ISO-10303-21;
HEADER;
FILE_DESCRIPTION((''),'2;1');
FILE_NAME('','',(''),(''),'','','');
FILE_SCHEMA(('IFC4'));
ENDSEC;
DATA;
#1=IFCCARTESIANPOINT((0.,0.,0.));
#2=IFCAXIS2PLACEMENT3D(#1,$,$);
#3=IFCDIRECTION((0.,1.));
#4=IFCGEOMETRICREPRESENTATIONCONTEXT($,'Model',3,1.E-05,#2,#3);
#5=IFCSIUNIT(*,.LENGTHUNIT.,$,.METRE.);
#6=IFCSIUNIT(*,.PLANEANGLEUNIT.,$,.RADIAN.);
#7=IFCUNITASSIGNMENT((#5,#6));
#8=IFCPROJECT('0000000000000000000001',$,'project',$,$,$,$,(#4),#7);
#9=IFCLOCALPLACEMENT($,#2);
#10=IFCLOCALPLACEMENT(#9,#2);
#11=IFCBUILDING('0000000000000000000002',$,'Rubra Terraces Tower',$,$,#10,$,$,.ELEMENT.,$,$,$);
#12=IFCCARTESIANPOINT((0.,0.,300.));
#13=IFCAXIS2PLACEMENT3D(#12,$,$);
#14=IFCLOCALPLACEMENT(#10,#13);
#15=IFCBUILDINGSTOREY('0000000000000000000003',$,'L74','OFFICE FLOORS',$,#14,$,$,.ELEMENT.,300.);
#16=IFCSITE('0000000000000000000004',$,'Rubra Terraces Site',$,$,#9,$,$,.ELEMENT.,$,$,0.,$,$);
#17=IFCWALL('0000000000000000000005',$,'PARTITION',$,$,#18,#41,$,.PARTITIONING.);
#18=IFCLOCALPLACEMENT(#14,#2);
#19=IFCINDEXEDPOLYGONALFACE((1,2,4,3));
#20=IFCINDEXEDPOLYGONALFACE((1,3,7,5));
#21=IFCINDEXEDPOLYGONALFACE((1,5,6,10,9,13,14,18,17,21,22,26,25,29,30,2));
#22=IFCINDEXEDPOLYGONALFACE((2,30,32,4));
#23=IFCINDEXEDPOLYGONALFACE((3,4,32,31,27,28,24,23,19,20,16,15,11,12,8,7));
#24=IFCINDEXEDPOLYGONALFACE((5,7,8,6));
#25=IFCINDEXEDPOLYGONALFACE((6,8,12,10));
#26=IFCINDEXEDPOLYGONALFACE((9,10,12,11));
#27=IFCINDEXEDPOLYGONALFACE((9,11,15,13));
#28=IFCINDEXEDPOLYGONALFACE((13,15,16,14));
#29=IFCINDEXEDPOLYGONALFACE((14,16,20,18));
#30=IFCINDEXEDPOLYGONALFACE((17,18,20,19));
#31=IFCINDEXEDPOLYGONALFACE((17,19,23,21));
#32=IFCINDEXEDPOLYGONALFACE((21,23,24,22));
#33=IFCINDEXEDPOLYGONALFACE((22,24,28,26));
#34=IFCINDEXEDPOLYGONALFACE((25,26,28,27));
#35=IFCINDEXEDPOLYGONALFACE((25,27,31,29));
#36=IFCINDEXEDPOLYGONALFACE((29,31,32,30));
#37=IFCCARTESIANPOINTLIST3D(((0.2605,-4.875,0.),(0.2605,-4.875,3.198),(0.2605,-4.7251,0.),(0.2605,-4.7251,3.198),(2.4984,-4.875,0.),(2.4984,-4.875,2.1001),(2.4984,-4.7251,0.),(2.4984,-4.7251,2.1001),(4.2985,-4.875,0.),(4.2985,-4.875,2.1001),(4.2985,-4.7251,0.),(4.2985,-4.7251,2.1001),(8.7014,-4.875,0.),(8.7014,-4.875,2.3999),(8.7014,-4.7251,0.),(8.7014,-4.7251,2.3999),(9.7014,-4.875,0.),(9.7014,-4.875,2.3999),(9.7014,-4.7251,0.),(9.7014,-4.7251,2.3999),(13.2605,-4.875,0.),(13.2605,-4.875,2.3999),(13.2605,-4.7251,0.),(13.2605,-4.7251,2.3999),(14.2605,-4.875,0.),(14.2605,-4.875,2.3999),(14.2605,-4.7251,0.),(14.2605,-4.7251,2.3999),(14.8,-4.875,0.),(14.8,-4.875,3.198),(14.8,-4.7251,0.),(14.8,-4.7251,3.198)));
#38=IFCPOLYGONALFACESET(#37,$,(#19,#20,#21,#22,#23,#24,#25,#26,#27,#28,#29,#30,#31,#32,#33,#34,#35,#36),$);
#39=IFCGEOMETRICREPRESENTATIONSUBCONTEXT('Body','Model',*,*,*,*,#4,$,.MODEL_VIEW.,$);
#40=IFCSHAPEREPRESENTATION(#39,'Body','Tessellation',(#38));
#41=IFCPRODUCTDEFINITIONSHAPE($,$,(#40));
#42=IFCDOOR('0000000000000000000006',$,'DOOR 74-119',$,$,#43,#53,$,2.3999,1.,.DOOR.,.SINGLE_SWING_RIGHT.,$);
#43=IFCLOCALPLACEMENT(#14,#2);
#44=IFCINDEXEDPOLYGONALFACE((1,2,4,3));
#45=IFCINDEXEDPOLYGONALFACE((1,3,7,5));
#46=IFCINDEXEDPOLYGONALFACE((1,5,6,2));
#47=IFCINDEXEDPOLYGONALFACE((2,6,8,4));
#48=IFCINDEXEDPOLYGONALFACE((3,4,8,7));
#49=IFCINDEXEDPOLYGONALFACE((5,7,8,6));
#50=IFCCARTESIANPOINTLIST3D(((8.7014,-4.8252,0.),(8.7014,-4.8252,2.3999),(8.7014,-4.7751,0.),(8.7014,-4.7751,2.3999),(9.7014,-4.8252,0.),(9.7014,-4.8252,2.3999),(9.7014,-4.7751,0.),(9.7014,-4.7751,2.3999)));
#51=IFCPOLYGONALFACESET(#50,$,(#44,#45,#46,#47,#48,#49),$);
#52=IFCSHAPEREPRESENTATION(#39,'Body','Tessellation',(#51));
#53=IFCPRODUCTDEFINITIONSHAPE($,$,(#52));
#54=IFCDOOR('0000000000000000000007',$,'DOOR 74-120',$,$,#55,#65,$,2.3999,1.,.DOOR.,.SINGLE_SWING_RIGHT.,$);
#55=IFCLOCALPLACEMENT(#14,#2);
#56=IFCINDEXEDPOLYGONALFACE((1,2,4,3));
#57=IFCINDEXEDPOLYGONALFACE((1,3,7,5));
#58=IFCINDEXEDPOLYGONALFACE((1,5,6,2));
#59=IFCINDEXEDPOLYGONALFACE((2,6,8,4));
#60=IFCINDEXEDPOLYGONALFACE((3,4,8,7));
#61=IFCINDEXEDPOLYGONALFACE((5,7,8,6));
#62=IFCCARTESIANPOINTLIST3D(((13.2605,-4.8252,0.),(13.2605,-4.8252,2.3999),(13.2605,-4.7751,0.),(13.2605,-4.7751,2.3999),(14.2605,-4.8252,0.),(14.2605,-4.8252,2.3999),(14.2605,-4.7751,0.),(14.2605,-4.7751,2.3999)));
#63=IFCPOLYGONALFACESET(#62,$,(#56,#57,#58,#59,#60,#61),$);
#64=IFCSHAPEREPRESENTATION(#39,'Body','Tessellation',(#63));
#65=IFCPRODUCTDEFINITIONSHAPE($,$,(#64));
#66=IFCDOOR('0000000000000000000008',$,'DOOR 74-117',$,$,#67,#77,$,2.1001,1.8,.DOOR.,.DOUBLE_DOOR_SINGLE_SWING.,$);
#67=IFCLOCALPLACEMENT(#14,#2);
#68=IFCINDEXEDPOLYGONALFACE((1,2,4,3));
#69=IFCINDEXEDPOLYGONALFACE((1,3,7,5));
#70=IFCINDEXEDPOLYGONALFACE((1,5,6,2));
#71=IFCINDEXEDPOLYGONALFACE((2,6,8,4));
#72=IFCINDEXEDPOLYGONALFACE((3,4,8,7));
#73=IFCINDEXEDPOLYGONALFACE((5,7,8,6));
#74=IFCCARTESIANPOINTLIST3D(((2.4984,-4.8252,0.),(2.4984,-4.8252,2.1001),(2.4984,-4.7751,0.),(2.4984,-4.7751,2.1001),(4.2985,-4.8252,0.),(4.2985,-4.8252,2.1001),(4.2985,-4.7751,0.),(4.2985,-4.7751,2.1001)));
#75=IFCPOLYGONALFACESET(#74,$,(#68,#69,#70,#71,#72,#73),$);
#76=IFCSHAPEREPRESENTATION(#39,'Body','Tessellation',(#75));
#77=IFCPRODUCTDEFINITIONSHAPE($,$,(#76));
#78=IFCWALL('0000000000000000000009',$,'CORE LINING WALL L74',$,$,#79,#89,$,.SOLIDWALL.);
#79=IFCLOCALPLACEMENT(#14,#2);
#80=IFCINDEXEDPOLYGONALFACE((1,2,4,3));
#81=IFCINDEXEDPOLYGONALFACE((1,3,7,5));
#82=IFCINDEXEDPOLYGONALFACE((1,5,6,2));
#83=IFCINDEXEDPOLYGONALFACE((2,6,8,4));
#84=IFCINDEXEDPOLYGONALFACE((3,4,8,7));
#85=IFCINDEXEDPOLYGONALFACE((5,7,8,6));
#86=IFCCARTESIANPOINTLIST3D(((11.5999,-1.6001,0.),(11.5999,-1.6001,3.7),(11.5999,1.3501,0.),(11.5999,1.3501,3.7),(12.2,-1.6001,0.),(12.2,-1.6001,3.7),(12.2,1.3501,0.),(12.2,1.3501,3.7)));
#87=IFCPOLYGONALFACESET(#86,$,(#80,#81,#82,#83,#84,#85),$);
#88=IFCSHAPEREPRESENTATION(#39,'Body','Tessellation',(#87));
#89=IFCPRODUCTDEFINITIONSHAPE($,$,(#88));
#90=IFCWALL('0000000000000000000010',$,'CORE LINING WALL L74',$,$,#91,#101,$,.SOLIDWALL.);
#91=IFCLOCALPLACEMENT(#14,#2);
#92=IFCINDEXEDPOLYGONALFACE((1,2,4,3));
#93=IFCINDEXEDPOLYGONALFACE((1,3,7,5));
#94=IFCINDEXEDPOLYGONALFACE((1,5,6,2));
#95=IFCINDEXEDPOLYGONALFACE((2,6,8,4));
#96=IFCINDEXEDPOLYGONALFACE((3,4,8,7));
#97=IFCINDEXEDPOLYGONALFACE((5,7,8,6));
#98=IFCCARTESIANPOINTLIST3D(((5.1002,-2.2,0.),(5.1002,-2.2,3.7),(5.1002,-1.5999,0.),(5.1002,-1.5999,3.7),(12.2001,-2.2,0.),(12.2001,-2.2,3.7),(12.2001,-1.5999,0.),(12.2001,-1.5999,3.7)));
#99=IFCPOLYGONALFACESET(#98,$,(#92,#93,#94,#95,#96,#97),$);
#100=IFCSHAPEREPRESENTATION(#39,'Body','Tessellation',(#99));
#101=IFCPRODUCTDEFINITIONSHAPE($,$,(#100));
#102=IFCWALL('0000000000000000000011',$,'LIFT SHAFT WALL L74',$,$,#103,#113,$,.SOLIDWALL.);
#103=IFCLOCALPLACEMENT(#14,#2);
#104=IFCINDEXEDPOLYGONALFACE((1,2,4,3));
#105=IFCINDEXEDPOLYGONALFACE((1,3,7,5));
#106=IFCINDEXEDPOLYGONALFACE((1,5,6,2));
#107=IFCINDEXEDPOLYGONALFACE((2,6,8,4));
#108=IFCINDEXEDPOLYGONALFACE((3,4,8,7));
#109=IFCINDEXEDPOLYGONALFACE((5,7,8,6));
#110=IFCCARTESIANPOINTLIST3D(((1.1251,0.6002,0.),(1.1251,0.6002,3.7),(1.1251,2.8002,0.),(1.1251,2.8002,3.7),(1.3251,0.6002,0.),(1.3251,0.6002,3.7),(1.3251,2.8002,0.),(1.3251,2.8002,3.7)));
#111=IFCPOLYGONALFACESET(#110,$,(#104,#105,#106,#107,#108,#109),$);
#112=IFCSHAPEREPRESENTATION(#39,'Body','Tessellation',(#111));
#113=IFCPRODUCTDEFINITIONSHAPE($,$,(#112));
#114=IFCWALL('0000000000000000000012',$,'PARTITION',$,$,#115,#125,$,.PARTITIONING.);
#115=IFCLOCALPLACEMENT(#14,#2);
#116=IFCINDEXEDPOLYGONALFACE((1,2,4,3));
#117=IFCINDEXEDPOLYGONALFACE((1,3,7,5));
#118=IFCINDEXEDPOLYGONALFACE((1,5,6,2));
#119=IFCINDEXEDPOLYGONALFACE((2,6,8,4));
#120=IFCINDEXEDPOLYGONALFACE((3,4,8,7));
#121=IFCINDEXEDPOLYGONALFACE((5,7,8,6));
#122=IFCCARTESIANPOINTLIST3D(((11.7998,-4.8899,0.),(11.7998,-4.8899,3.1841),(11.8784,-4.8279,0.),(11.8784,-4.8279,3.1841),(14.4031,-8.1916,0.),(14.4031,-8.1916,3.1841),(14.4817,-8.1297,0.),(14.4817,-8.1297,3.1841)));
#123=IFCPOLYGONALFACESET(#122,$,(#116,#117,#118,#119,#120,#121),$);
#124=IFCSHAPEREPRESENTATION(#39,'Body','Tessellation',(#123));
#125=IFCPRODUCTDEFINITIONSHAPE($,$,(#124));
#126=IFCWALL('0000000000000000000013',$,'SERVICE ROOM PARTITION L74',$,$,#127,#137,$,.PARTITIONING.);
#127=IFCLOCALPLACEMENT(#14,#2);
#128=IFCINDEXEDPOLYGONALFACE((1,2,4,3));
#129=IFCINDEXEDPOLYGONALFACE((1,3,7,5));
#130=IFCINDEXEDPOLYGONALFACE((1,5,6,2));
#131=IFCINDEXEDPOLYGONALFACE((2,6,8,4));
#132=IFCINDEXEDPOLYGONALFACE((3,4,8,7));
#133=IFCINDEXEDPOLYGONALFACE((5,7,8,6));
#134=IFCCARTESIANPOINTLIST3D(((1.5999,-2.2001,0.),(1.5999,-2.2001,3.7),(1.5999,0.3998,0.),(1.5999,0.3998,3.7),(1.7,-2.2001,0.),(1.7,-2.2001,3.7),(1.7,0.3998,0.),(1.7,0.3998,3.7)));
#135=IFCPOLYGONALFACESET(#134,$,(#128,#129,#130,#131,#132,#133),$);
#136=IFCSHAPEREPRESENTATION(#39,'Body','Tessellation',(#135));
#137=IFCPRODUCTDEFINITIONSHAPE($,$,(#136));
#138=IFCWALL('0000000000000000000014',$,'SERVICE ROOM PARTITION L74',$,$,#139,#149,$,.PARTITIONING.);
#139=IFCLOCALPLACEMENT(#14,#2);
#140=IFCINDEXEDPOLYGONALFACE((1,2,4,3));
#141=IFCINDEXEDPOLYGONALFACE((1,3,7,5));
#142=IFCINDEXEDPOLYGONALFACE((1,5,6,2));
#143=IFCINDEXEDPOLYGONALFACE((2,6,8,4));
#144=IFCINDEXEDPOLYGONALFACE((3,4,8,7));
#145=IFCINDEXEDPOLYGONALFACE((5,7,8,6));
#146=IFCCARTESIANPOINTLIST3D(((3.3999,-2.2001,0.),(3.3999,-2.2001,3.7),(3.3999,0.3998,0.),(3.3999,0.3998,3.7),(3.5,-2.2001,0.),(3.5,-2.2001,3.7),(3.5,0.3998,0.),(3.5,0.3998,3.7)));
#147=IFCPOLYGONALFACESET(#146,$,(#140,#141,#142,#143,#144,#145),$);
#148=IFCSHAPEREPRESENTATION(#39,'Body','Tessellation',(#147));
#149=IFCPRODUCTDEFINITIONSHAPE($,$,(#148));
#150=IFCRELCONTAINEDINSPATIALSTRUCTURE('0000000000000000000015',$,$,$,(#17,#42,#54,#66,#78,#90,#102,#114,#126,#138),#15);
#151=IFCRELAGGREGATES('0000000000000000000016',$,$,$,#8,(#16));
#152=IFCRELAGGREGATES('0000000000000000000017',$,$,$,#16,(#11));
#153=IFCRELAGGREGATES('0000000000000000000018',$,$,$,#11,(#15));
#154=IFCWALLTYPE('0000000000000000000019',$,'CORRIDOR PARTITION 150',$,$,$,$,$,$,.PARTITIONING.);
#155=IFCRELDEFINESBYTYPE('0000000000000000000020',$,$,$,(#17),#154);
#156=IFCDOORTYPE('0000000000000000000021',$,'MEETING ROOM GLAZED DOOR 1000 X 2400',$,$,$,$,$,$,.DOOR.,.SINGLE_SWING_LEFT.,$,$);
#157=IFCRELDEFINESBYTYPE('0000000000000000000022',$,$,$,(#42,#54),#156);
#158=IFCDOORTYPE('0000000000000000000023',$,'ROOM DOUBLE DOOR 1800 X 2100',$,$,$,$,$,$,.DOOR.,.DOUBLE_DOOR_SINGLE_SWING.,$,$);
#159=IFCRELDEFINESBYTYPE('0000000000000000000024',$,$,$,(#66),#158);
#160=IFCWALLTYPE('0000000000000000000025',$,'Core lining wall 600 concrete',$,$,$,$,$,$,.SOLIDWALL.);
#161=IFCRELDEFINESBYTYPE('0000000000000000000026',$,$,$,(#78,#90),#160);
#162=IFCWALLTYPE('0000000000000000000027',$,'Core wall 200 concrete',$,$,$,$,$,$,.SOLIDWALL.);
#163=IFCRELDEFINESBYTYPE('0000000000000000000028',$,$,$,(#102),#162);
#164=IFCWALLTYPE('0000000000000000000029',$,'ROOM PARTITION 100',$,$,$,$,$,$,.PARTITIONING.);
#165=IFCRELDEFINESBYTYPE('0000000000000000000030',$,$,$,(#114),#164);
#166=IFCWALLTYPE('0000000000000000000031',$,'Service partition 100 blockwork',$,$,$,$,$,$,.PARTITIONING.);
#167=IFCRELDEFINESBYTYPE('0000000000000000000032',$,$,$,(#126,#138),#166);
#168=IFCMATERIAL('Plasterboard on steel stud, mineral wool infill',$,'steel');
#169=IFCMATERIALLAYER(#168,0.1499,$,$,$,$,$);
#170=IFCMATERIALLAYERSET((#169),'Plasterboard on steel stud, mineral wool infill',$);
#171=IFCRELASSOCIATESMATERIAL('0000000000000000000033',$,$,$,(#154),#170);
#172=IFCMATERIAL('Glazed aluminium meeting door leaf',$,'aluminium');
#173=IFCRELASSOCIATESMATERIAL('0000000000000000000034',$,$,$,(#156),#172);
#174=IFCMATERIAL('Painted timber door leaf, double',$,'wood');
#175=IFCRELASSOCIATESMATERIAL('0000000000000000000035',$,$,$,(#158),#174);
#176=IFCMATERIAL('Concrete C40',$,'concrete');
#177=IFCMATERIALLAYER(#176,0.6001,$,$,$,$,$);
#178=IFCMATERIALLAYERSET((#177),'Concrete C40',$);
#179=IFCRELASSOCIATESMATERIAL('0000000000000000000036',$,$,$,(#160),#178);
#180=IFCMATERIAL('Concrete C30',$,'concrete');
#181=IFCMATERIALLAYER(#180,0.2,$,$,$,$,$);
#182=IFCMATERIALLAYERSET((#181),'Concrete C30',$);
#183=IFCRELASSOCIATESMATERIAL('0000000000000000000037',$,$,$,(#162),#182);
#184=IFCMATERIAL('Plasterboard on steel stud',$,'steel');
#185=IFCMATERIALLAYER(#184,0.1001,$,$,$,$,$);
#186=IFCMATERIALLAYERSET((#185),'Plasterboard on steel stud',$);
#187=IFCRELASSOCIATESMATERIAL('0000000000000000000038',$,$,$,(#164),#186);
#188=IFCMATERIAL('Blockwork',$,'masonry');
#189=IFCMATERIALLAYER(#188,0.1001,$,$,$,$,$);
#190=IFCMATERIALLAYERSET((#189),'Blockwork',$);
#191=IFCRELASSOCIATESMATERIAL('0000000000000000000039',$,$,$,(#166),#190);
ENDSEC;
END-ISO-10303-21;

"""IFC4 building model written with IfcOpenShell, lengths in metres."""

from ifc_helpers import new_model, si_unit, direction, frame, frame_2d, origin, place, context, subcontext, project, spatial, rectangle, extrude, material, layer, layer_set, type_object, element, fill, save


model = new_model("IFC4")

# Units and contexts
model_context = context("Model", 3, precision=1e-05, world=origin(), true_north=direction((0.0, 1.0)))
body_context = subcontext(model_context, "Body", "Model", "MODEL_VIEW")
ifc_project = project(units=[si_unit("LENGTHUNIT", "METRE"), si_unit("PLANEANGLEUNIT", "RADIAN")], contexts=[model_context])

# Site, building, storey
site_placement = place(None, origin())
site = spatial("IfcSite", under=ifc_project, at=site_placement, Name="Rubra Terraces Site", CompositionType="ELEMENT", RefElevation=0.0)
building_placement = place(site_placement, origin())
building = spatial("IfcBuilding", under=site, at=building_placement, Name="Rubra Terraces Tower", CompositionType="ELEMENT")
storey_placement = place(building_placement, frame((0.0, 0.0, 300.0)))
storey = spatial("IfcBuildingStorey", under=building, at=storey_placement, Name="L74", Description="OFFICE FLOORS", CompositionType="ELEMENT", Elevation=300.0)

# Shared definitions
ifc_material_1 = material(Name="Concrete C40", Category="concrete")

# Wall, openings, doors
ifc_material_2 = material(Name="Plasterboard on steel stud, mineral wool infill", Category="steel")
ifc_layer_1 = layer(ifc_material_2, 0.1499)
ifc_layer_set_1 = layer_set([ifc_layer_1], Name="Plasterboard on steel stud, mineral wool infill")
wall_type_1 = type_object("IfcWallType", Name="CORRIDOR PARTITION 150", PredefinedType="PARTITIONING", material=ifc_layer_set_1)
wall_1_placement = place(storey_placement, frame((0.2605, -4.8, 0.0), z_axis=(0.0, 0.0, 1.0), x_axis=(1.0, 0.0, 0.0)))
wall_1 = element("IfcWall", 1, at=wall_1_placement, inside=storey, type_object=wall_type_1, Name="PARTITION", PredefinedType="PARTITIONING", context=body_context, shape_type="SweptSolid", body=[
    extrude(rectangle(XDim=14.5396, YDim=0.1499, at=frame_2d((7.2698, 0.0))), origin(), (0.0, 0.0, 1.0), 3.198),
])
opening_1_placement = place(wall_1_placement, frame((2.238, 0.0, 0.0)))
opening_1 = element("IfcOpeningElement", 2, at=opening_1_placement, cuts=wall_1, PredefinedType="OPENING", context=body_context, shape_type="SweptSolid", body=[
    extrude(rectangle(XDim=1.8, YDim=2.1001, at=frame_2d((0.8999, 1.05))), frame((0.0, 0.085, 0.0), z_axis=(0.0, -1.0, 0.0), x_axis=(1.0, 0.0, 0.0)), (0.0, 0.0, 1.0), 0.1699),
])
opening_2_placement = place(wall_1_placement, frame((8.4409, 0.0, 0.0)))
opening_2 = element("IfcOpeningElement", 3, at=opening_2_placement, cuts=wall_1, PredefinedType="OPENING", context=body_context, shape_type="SweptSolid", body=[
    extrude(rectangle(XDim=1.0, YDim=2.3999, at=frame_2d((0.5, 1.2))), frame((0.0, 0.085, 0.0), z_axis=(0.0, -1.0, 0.0), x_axis=(1.0, 0.0, 0.0)), (0.0, 0.0, 1.0), 0.1699),
])
opening_3_placement = place(wall_1_placement, frame((13.0, 0.0, 0.0)))
opening_3 = element("IfcOpeningElement", 4, at=opening_3_placement, cuts=wall_1, PredefinedType="OPENING", context=body_context, shape_type="SweptSolid", body=[
    extrude(rectangle(XDim=1.0, YDim=2.3999, at=frame_2d((0.5, 1.2))), frame((0.0, 0.085, 0.0), z_axis=(0.0, -1.0, 0.0), x_axis=(1.0, 0.0, 0.0)), (0.0, 0.0, 1.0), 0.1699),
])
ifc_material_3 = material(Name="Glazed aluminium meeting door leaf", Category="aluminium")
door_type_1 = type_object("IfcDoorType", Name="MEETING ROOM GLAZED DOOR 1000 X 2400", OperationType="SINGLE_SWING_LEFT", PredefinedType="DOOR", material=ifc_material_3)
door_1_placement = place(opening_2_placement, origin())
door_1 = element("IfcDoor", 5, at=door_1_placement, inside=storey, type_object=door_type_1, Name="DOOR 74-119", OperationType="SINGLE_SWING_RIGHT", OverallHeight=2.3999, OverallWidth=1.0, PredefinedType="DOOR", context=body_context, shape_type="SweptSolid", body=[
    extrude(rectangle(XDim=1.0, YDim=2.3999, at=frame_2d((0.5, 1.2))), frame((0.0, 0.0249, 0.0), z_axis=(0.0, -1.0, 0.0), x_axis=(1.0, 0.0, 0.0)), (0.0, 0.0, 1.0), 0.05),
])
fill(opening_2, door_1)
door_2_placement = place(opening_3_placement, origin())
door_2 = element("IfcDoor", 6, at=door_2_placement, inside=storey, type_object=door_type_1, Name="DOOR 74-120", OperationType="SINGLE_SWING_RIGHT", OverallHeight=2.3999, OverallWidth=1.0, PredefinedType="DOOR", context=body_context, shape_type="SweptSolid", body=[
    extrude(rectangle(XDim=1.0, YDim=2.3999, at=frame_2d((0.5, 1.2))), frame((0.0, 0.0249, 0.0), z_axis=(0.0, -1.0, 0.0), x_axis=(1.0, 0.0, 0.0)), (0.0, 0.0, 1.0), 0.05),
])
fill(opening_3, door_2)
ifc_material_4 = material(Name="Painted timber door leaf, double", Category="wood")
door_type_2 = type_object("IfcDoorType", Name="ROOM DOUBLE DOOR 1800 X 2100", OperationType="DOUBLE_DOOR_SINGLE_SWING", PredefinedType="DOOR", material=ifc_material_4)
door_3_placement = place(opening_1_placement, origin())
door_3 = element("IfcDoor", 7, at=door_3_placement, inside=storey, type_object=door_type_2, Name="DOOR 74-117", OperationType="DOUBLE_DOOR_SINGLE_SWING", OverallHeight=2.1001, OverallWidth=1.8, PredefinedType="DOOR", context=body_context, shape_type="SweptSolid", body=[
    extrude(rectangle(XDim=1.8, YDim=2.1001, at=frame_2d((0.8999, 1.05))), frame((0.0, 0.0249, 0.0), z_axis=(0.0, -1.0, 0.0), x_axis=(1.0, 0.0, 0.0)), (0.0, 0.0, 1.0), 0.05),
])
fill(opening_1, door_3)

# Walls
ifc_layer_2 = layer(ifc_material_1, 0.6001)
ifc_layer_set_2 = layer_set([ifc_layer_2], Name="Concrete C40")
wall_type_2 = type_object("IfcWallType", Name="Core lining wall 600 concrete", PredefinedType="SOLIDWALL", material=ifc_layer_set_2)
wall_2_placement = place(storey_placement, frame((11.8999, 1.3501, 0.0), z_axis=(0.0, 0.0, 1.0), x_axis=(0.0, -1.0, 0.0)))
element("IfcWall", 8, at=wall_2_placement, inside=storey, type_object=wall_type_2, Name="CORE LINING WALL L74", PredefinedType="SOLIDWALL", context=body_context, shape_type="SweptSolid", body=[
    extrude(rectangle(XDim=2.9502, YDim=0.6001, at=frame_2d((1.4751, 0.0))), origin(), (0.0, 0.0, 1.0), 3.7),
])
wall_3_placement = place(storey_placement, frame((12.2, -1.8999, 0.0), z_axis=(0.0, 0.0, 1.0), x_axis=(-1.0, 0.0, 0.0)))
element("IfcWall", 9, at=wall_3_placement, inside=storey, type_object=wall_type_2, Name="CORE LINING WALL L74", PredefinedType="SOLIDWALL", context=body_context, shape_type="SweptSolid", body=[
    extrude(rectangle(XDim=7.0999, YDim=0.6001, at=frame_2d((3.5498, 0.0))), origin(), (0.0, 0.0, 1.0), 3.7),
])
ifc_material_5 = material(Name="Concrete C30", Category="concrete")
ifc_layer_3 = layer(ifc_material_5, 0.2)
ifc_layer_set_3 = layer_set([ifc_layer_3], Name="Concrete C30")
wall_type_3 = type_object("IfcWallType", Name="Core wall 200 concrete", PredefinedType="SOLIDWALL", material=ifc_layer_set_3)
wall_4_placement = place(storey_placement, frame((1.2251, 0.6001, 0.0), z_axis=(0.0, 0.0, 1.0), x_axis=(0.0, 1.0, 0.0)))
element("IfcWall", 10, at=wall_4_placement, inside=storey, type_object=wall_type_3, Name="LIFT SHAFT WALL L74", PredefinedType="SOLIDWALL", context=body_context, shape_type="SweptSolid", body=[
    extrude(rectangle(XDim=2.2, YDim=0.2, at=frame_2d((1.1001, 0.0))), origin(), (0.0, 0.0, 1.0), 3.7),
])
ifc_material_6 = material(Name="Plasterboard on steel stud", Category="steel")
ifc_layer_4 = layer(ifc_material_6, 0.1001)
ifc_layer_set_4 = layer_set([ifc_layer_4], Name="Plasterboard on steel stud")
wall_type_4 = type_object("IfcWallType", Name="ROOM PARTITION 100", PredefinedType="PARTITIONING", material=ifc_layer_set_4)
wall_5_placement = place(storey_placement, frame((11.8391, -4.8589, 0.0), z_axis=(0.0, 0.0, 1.0), x_axis=(0.619149, -0.785274, 0.0)))
element("IfcWall", 11, at=wall_5_placement, inside=storey, type_object=wall_type_4, Name="PARTITION", PredefinedType="PARTITIONING", context=body_context, shape_type="SweptSolid", body=[
    extrude(rectangle(XDim=4.2046, YDim=0.1001, at=frame_2d((2.1023, 0.0))), origin(), (0.0, 0.0, 1.0), 3.1841),
])
ifc_material_7 = material(Name="Blockwork", Category="masonry")
ifc_layer_5 = layer(ifc_material_7, 0.1001)
ifc_layer_set_5 = layer_set([ifc_layer_5], Name="Blockwork")
wall_type_5 = type_object("IfcWallType", Name="Service partition 100 blockwork", PredefinedType="PARTITIONING", material=ifc_layer_set_5)
for number, where, z_axis, x_axis, name in (
    (12, (1.6499, -2.2, 0.0), (0.0, 0.0, 1.0), (0.0, 1.0, 0.0), "SERVICE ROOM PARTITION L74"),
    (13, (3.45, -2.2, 0.0), (0.0, 0.0, 1.0), (0.0, 1.0, 0.0), "SERVICE ROOM PARTITION L74"),
):
    element("IfcWall", number, at=place(storey_placement, frame(where, z_axis=z_axis, x_axis=x_axis)), inside=storey, type_object=wall_type_5, Name=name, PredefinedType="PARTITIONING", context=body_context, shape_type="SweptSolid", body=[
        extrude(rectangle(XDim=2.5999, YDim=0.1001, at=frame_2d((1.2998, 0.0))), origin(), (0.0, 0.0, 1.0), 3.7),
    ])

save(model, "model.ifc")
